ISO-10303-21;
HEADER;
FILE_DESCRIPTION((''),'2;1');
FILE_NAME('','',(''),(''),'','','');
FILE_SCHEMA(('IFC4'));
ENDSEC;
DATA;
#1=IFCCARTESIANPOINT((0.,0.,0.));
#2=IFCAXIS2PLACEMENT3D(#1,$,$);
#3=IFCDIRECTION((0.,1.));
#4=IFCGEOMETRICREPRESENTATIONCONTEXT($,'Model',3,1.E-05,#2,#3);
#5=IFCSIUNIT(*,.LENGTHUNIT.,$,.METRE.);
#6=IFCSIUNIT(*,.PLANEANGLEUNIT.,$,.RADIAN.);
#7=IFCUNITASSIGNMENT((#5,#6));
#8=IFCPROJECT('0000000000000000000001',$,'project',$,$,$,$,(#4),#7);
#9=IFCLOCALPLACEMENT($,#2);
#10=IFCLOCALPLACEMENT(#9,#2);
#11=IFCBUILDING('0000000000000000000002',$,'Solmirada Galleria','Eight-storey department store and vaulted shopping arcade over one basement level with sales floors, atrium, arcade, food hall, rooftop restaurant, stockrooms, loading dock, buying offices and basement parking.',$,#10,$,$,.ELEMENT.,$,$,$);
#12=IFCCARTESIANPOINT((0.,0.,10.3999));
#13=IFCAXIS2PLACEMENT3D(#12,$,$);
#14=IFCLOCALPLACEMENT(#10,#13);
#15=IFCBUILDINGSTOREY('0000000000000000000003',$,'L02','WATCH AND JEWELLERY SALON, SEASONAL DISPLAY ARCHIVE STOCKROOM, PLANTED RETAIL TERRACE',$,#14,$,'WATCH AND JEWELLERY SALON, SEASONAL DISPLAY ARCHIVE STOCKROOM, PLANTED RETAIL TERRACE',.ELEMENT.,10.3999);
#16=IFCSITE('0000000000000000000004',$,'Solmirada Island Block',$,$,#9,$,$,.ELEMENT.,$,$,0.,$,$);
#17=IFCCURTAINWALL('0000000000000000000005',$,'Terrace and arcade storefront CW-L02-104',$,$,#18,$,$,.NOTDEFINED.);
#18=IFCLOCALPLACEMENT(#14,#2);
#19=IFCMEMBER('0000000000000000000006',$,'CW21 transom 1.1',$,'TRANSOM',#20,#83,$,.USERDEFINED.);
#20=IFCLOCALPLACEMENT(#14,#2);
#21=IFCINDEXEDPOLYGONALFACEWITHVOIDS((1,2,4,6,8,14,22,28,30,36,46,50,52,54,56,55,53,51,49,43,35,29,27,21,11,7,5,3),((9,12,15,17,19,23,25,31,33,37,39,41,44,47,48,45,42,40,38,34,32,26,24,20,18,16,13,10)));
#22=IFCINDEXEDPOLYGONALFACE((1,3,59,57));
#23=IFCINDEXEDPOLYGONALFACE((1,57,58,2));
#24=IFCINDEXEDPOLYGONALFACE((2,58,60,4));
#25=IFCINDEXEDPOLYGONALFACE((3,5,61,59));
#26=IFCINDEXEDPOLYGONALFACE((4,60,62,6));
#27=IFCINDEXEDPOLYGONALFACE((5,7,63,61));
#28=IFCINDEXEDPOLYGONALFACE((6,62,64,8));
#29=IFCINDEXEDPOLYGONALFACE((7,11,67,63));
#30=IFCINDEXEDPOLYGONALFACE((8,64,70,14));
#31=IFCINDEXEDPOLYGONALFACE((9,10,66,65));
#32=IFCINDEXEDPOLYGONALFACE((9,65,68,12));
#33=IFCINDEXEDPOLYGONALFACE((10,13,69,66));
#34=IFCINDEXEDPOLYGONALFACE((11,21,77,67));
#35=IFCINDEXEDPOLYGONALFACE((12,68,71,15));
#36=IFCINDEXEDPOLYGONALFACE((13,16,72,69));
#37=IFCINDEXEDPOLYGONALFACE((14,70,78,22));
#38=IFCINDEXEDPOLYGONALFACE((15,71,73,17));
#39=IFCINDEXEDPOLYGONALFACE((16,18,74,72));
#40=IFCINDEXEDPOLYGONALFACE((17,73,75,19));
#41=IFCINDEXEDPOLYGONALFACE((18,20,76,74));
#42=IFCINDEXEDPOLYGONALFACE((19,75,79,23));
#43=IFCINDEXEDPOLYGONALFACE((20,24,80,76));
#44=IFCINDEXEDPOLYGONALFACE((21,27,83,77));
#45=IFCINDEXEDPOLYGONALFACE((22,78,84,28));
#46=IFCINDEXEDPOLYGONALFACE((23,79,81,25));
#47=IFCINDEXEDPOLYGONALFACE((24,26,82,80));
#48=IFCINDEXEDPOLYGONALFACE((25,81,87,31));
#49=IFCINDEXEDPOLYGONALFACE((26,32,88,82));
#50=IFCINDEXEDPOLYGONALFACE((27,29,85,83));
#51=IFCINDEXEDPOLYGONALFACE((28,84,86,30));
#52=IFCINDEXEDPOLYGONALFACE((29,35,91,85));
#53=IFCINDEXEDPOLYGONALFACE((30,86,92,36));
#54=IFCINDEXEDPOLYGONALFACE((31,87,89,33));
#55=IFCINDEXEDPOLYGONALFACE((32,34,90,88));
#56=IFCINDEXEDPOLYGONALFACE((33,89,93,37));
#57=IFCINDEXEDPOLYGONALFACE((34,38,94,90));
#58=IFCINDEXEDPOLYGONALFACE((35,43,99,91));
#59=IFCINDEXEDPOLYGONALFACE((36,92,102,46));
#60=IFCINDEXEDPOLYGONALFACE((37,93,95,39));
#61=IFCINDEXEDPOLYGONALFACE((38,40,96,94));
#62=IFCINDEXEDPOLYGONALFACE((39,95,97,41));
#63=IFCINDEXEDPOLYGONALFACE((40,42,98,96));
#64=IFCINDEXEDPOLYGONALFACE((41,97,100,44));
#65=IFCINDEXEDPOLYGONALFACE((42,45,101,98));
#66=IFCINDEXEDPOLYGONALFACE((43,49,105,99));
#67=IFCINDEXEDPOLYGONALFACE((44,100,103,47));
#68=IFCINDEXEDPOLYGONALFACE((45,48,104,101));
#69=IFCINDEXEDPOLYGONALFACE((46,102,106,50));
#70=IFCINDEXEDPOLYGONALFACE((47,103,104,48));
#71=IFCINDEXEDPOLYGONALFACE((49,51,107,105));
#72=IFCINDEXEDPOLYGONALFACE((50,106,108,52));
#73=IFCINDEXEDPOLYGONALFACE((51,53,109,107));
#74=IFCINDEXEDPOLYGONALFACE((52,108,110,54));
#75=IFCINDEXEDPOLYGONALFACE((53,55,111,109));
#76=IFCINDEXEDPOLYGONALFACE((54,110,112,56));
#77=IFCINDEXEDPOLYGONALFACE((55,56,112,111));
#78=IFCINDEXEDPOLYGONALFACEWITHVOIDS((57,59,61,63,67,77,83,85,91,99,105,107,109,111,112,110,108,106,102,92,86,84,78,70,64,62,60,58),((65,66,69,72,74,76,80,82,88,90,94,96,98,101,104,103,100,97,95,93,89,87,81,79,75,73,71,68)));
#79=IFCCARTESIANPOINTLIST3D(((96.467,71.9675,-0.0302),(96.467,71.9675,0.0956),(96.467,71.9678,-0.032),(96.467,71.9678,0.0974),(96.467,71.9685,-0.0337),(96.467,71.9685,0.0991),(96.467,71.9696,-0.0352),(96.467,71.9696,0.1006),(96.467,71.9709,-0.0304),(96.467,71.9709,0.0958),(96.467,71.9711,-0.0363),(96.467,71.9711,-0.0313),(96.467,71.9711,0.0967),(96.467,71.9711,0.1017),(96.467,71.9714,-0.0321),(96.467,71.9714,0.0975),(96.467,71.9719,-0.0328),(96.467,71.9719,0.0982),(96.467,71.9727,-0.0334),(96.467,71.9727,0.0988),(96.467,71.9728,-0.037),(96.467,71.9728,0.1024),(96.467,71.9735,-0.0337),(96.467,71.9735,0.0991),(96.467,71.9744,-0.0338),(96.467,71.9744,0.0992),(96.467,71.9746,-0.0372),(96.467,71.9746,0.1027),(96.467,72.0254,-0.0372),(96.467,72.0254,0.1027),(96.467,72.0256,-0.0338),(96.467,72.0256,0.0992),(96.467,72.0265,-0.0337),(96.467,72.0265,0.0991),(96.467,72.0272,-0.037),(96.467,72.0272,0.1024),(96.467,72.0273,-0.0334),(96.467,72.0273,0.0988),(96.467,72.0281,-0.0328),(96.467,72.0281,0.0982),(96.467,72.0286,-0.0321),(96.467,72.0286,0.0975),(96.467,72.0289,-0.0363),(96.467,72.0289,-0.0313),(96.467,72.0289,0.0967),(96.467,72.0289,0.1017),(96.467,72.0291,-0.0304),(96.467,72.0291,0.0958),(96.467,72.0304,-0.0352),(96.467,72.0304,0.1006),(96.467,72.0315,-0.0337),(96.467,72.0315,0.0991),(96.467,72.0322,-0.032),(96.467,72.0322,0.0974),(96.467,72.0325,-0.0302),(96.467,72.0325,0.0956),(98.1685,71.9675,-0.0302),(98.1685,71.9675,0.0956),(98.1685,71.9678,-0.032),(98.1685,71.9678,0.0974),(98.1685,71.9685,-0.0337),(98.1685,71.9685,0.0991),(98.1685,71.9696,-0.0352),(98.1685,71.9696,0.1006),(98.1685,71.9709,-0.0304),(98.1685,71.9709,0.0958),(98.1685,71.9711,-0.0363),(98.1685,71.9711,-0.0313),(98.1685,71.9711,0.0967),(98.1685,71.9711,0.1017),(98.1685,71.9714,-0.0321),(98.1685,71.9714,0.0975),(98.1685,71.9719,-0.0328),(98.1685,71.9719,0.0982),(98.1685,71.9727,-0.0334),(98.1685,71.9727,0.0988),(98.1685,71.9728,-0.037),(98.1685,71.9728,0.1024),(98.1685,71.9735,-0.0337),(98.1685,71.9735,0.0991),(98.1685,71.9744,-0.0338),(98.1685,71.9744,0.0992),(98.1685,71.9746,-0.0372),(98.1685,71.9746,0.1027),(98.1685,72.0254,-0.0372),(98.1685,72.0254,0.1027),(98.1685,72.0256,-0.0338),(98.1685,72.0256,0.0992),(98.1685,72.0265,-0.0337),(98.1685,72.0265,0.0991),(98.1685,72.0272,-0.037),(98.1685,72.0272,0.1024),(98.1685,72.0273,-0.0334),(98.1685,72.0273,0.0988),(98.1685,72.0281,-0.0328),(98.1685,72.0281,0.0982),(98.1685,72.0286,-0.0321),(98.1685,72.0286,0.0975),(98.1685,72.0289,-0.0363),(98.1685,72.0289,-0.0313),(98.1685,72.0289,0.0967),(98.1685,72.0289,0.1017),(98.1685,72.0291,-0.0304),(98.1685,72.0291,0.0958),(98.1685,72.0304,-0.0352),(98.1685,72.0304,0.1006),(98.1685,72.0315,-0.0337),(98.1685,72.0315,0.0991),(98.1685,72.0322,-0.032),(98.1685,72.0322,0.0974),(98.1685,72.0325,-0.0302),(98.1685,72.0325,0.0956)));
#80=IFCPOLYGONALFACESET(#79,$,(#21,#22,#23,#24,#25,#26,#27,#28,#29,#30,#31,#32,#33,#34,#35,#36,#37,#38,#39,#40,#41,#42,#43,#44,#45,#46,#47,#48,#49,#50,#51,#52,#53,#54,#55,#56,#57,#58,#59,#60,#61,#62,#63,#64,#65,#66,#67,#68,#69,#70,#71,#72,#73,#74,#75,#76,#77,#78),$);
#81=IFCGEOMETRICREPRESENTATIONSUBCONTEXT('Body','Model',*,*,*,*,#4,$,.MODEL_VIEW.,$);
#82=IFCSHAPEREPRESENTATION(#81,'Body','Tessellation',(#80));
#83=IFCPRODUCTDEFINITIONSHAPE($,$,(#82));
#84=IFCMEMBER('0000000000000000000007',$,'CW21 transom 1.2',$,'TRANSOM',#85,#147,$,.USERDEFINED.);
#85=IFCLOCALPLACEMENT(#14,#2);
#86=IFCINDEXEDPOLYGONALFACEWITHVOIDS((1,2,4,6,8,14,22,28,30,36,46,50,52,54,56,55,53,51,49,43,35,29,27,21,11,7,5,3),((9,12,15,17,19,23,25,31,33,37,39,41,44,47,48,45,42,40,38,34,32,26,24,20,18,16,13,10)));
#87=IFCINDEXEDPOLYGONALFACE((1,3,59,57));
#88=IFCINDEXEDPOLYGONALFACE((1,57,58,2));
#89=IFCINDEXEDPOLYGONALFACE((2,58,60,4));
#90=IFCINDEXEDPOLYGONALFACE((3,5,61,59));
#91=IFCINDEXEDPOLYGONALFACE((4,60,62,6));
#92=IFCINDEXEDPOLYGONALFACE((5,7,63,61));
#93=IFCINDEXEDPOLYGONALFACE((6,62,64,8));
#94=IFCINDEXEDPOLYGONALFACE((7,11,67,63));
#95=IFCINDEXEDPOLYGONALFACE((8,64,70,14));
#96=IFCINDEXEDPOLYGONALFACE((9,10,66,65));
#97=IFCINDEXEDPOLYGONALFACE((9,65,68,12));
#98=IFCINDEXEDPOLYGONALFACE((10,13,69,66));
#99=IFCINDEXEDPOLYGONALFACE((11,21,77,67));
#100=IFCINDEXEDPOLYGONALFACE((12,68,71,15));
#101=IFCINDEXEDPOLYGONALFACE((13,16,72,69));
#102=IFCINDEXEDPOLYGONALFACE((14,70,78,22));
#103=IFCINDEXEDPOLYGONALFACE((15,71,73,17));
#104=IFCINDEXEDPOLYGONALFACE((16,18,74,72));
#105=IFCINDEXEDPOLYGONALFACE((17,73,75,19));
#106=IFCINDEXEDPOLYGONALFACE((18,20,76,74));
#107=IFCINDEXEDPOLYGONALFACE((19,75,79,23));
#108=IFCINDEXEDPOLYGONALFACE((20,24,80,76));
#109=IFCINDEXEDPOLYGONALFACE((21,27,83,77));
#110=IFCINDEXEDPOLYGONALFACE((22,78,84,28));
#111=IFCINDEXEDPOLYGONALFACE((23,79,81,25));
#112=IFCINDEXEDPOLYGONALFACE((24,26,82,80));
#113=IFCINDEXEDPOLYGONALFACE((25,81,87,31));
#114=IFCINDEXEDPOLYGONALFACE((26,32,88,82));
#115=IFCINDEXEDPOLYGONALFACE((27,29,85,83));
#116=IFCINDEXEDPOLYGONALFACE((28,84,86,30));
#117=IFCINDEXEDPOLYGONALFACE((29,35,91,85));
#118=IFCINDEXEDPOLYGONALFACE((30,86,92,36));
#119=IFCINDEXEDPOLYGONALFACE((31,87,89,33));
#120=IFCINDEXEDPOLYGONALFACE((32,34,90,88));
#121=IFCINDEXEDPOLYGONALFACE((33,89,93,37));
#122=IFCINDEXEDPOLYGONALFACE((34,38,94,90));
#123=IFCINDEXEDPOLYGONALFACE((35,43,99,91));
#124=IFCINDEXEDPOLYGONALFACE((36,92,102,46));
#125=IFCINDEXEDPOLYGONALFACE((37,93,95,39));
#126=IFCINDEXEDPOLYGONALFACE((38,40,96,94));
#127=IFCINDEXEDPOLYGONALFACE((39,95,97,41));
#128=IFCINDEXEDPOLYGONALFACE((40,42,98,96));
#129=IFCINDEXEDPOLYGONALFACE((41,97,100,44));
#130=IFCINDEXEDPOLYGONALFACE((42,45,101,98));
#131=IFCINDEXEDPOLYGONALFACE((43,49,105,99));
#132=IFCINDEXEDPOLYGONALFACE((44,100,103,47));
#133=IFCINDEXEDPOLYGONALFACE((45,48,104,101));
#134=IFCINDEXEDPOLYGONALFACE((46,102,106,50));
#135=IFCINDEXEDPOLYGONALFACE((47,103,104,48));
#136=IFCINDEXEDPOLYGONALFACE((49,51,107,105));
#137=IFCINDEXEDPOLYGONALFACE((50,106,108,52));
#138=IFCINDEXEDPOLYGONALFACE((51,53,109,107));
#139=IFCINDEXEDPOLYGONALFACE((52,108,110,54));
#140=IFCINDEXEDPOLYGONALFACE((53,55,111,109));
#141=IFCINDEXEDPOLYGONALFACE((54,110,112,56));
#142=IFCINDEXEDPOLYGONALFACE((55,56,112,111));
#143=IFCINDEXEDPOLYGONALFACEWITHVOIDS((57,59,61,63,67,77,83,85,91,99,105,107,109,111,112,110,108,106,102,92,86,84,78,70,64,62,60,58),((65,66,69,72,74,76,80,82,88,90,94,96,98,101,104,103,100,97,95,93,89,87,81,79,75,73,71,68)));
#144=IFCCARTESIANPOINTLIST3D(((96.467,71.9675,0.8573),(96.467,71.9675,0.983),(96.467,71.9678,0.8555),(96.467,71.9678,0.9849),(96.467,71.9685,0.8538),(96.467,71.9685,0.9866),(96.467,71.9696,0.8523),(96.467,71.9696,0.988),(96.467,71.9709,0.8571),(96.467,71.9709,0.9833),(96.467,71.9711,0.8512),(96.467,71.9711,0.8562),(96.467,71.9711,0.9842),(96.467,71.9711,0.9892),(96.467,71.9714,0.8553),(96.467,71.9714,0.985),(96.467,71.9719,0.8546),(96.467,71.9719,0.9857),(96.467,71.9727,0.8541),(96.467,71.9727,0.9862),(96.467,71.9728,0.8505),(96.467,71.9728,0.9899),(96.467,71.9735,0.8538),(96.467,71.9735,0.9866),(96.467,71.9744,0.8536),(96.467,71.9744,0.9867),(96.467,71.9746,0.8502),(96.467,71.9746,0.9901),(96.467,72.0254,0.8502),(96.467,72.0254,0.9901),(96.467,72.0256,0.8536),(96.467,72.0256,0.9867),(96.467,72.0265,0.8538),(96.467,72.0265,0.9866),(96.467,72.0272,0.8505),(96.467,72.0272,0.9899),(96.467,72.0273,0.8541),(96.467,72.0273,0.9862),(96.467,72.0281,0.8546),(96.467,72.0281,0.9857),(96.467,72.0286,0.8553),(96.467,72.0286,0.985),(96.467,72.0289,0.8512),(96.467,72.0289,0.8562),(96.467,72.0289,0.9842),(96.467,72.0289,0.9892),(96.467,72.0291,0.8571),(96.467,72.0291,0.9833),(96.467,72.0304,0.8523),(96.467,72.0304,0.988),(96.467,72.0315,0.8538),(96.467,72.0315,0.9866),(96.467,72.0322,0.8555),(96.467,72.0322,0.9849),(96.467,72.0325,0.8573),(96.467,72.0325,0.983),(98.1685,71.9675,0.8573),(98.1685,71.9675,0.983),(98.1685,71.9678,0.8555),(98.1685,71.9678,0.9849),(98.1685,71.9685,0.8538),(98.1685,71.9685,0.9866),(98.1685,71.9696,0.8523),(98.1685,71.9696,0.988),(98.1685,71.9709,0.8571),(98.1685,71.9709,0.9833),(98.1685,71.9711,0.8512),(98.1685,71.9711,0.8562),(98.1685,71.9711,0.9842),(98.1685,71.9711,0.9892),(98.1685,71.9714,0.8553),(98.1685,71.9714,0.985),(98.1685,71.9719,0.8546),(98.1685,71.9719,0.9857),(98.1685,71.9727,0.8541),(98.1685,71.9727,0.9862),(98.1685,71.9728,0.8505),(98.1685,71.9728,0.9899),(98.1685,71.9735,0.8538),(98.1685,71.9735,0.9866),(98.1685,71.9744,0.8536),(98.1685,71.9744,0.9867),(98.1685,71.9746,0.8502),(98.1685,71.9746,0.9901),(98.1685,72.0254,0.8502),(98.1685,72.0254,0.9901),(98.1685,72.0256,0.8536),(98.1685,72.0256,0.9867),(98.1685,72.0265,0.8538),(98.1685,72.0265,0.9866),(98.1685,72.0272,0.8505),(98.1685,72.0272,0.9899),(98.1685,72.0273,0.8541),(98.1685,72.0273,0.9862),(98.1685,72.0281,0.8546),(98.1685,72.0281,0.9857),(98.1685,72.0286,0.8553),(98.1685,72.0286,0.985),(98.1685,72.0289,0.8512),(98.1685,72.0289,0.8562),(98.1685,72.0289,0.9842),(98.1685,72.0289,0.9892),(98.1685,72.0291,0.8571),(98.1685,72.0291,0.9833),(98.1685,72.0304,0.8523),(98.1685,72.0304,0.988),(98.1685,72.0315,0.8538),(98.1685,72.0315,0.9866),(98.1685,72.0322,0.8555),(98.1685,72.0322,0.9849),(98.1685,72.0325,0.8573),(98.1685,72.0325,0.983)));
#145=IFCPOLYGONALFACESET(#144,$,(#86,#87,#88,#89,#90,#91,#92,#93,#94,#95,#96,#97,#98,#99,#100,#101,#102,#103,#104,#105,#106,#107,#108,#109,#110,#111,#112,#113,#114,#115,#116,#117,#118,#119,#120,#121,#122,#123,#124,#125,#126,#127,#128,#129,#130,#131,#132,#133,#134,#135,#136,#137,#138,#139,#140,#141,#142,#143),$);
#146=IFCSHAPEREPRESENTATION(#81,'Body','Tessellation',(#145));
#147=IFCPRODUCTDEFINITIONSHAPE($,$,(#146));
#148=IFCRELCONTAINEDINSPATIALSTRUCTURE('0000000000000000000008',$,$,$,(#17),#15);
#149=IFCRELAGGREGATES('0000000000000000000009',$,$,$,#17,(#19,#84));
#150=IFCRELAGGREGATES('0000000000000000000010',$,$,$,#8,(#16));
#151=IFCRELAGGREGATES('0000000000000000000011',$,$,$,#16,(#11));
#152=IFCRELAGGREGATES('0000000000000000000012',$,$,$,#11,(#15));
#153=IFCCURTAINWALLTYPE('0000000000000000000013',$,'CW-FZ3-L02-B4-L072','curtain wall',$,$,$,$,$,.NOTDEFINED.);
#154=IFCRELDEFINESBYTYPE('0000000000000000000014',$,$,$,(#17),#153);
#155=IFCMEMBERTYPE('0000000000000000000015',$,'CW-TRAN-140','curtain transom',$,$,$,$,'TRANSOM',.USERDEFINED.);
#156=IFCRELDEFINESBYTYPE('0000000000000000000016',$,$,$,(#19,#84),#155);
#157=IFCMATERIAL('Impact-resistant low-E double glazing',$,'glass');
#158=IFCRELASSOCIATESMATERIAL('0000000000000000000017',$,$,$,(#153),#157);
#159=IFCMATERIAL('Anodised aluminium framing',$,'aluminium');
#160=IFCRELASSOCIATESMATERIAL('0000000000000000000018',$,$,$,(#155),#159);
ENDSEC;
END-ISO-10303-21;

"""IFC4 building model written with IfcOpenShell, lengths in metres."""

from ifc_helpers import new_model, si_unit, direction, frame, origin, origin_2d, place, context, subcontext, project, spatial, hollow_rectangle, extrude, material, material_profile, profile_set, type_object, element, aggregate, save


model = new_model("IFC4")

# Units and contexts
model_context = context("Model", 3, precision=1e-05, world=origin(), true_north=direction((0.0, 1.0)))
body_context = subcontext(model_context, "Body", "Model", "MODEL_VIEW")
ifc_project = project(units=[si_unit("LENGTHUNIT", "METRE"), si_unit("PLANEANGLEUNIT", "RADIAN")], contexts=[model_context])

# Site, building, storey
site_placement = place(None, origin())
site = spatial("IfcSite", under=ifc_project, at=site_placement, Name="Solmirada Island Block", CompositionType="ELEMENT", RefElevation=0.0)
building_placement = place(site_placement, origin())
building = spatial("IfcBuilding", under=site, at=building_placement, Name="Solmirada Galleria", Description="Eight-storey department store and vaulted shopping arcade over one basement level with sales floors, atrium, arcade, food hall, rooftop restaurant, stockrooms, loading dock, buying offices and basement parking.", CompositionType="ELEMENT")
storey_placement = place(building_placement, frame((0.0, 0.0, 10.3999)))
storey = spatial("IfcBuildingStorey", under=building, at=storey_placement, Name="L02", Description="WATCH AND JEWELLERY SALON, SEASONAL DISPLAY ARCHIVE STOCKROOM, PLANTED RETAIL TERRACE", LongName="WATCH AND JEWELLERY SALON, SEASONAL DISPLAY ARCHIVE STOCKROOM, PLANTED RETAIL TERRACE", CompositionType="ELEMENT", Elevation=10.3999)

# Curtain wall, members
ifc_material_1 = material(Name="Impact-resistant low-E double glazing", Category="glass")
curtain_wall_type = type_object("IfcCurtainWallType", Name="CW-FZ3-L02-B4-L072", Description="curtain wall", PredefinedType="NOTDEFINED", material=ifc_material_1)
curtain_wall_placement = place(storey_placement, origin())
curtain_wall = element("IfcCurtainWall", 1, at=curtain_wall_placement, inside=storey, type_object=curtain_wall_type, Name="Terrace and arcade storefront CW-L02-104", PredefinedType="NOTDEFINED")
ifc_material_2 = material(Name="Anodised aluminium framing", Category="aluminium")
ifc_material_profile_1 = material_profile(ifc_material_2, hollow_rectangle(XDim=0.0649, YDim=0.1399, WallThickness=0.0034, InnerFilletRadius=0.0034, OuterFilletRadius=0.0071, at=origin_2d()), Name="ALU-TRAN-140X65")
ifc_profile_set_1 = profile_set([ifc_material_profile_1], Name="Anodised aluminium framing")
member_type_1 = type_object("IfcMemberType", Name="CW-TRAN-140", Description="curtain transom", ElementType="TRANSOM", PredefinedType="USERDEFINED", material=ifc_profile_set_1)
member_1_placement = place(storey_placement, frame((96.467, 72.0, 0.0327), z_axis=(1.0, 0.0, 0.0), x_axis=(0.0, 1.0, 0.0)))
member_1 = element("IfcMember", 2, at=member_1_placement, type_object=member_type_1, Name="CW21 transom 1.1", ObjectType="TRANSOM", PredefinedType="USERDEFINED", context=body_context, shape_type="SweptSolid", body=[
    extrude(hollow_rectangle(XDim=0.0649, YDim=0.1399, WallThickness=0.0034, InnerFilletRadius=0.0034, OuterFilletRadius=0.0071, at=origin_2d()), origin(), (0.0, 0.0, 1.0), 1.7014),
])
member_2_placement = place(storey_placement, frame((96.467, 72.0, 0.9202), z_axis=(1.0, 0.0, 0.0), x_axis=(0.0, 1.0, 0.0)))
member_2 = element("IfcMember", 3, at=member_2_placement, type_object=member_type_1, Name="CW21 transom 1.2", ObjectType="TRANSOM", PredefinedType="USERDEFINED", context=body_context, shape_type="SweptSolid", body=[
    extrude(hollow_rectangle(XDim=0.0649, YDim=0.1399, WallThickness=0.0034, InnerFilletRadius=0.0034, OuterFilletRadius=0.0071, at=origin_2d()), origin(), (0.0, 0.0, 1.0), 1.7014),
])
aggregate(curtain_wall, [member_1, member_2])

save(model, "model.ifc")
